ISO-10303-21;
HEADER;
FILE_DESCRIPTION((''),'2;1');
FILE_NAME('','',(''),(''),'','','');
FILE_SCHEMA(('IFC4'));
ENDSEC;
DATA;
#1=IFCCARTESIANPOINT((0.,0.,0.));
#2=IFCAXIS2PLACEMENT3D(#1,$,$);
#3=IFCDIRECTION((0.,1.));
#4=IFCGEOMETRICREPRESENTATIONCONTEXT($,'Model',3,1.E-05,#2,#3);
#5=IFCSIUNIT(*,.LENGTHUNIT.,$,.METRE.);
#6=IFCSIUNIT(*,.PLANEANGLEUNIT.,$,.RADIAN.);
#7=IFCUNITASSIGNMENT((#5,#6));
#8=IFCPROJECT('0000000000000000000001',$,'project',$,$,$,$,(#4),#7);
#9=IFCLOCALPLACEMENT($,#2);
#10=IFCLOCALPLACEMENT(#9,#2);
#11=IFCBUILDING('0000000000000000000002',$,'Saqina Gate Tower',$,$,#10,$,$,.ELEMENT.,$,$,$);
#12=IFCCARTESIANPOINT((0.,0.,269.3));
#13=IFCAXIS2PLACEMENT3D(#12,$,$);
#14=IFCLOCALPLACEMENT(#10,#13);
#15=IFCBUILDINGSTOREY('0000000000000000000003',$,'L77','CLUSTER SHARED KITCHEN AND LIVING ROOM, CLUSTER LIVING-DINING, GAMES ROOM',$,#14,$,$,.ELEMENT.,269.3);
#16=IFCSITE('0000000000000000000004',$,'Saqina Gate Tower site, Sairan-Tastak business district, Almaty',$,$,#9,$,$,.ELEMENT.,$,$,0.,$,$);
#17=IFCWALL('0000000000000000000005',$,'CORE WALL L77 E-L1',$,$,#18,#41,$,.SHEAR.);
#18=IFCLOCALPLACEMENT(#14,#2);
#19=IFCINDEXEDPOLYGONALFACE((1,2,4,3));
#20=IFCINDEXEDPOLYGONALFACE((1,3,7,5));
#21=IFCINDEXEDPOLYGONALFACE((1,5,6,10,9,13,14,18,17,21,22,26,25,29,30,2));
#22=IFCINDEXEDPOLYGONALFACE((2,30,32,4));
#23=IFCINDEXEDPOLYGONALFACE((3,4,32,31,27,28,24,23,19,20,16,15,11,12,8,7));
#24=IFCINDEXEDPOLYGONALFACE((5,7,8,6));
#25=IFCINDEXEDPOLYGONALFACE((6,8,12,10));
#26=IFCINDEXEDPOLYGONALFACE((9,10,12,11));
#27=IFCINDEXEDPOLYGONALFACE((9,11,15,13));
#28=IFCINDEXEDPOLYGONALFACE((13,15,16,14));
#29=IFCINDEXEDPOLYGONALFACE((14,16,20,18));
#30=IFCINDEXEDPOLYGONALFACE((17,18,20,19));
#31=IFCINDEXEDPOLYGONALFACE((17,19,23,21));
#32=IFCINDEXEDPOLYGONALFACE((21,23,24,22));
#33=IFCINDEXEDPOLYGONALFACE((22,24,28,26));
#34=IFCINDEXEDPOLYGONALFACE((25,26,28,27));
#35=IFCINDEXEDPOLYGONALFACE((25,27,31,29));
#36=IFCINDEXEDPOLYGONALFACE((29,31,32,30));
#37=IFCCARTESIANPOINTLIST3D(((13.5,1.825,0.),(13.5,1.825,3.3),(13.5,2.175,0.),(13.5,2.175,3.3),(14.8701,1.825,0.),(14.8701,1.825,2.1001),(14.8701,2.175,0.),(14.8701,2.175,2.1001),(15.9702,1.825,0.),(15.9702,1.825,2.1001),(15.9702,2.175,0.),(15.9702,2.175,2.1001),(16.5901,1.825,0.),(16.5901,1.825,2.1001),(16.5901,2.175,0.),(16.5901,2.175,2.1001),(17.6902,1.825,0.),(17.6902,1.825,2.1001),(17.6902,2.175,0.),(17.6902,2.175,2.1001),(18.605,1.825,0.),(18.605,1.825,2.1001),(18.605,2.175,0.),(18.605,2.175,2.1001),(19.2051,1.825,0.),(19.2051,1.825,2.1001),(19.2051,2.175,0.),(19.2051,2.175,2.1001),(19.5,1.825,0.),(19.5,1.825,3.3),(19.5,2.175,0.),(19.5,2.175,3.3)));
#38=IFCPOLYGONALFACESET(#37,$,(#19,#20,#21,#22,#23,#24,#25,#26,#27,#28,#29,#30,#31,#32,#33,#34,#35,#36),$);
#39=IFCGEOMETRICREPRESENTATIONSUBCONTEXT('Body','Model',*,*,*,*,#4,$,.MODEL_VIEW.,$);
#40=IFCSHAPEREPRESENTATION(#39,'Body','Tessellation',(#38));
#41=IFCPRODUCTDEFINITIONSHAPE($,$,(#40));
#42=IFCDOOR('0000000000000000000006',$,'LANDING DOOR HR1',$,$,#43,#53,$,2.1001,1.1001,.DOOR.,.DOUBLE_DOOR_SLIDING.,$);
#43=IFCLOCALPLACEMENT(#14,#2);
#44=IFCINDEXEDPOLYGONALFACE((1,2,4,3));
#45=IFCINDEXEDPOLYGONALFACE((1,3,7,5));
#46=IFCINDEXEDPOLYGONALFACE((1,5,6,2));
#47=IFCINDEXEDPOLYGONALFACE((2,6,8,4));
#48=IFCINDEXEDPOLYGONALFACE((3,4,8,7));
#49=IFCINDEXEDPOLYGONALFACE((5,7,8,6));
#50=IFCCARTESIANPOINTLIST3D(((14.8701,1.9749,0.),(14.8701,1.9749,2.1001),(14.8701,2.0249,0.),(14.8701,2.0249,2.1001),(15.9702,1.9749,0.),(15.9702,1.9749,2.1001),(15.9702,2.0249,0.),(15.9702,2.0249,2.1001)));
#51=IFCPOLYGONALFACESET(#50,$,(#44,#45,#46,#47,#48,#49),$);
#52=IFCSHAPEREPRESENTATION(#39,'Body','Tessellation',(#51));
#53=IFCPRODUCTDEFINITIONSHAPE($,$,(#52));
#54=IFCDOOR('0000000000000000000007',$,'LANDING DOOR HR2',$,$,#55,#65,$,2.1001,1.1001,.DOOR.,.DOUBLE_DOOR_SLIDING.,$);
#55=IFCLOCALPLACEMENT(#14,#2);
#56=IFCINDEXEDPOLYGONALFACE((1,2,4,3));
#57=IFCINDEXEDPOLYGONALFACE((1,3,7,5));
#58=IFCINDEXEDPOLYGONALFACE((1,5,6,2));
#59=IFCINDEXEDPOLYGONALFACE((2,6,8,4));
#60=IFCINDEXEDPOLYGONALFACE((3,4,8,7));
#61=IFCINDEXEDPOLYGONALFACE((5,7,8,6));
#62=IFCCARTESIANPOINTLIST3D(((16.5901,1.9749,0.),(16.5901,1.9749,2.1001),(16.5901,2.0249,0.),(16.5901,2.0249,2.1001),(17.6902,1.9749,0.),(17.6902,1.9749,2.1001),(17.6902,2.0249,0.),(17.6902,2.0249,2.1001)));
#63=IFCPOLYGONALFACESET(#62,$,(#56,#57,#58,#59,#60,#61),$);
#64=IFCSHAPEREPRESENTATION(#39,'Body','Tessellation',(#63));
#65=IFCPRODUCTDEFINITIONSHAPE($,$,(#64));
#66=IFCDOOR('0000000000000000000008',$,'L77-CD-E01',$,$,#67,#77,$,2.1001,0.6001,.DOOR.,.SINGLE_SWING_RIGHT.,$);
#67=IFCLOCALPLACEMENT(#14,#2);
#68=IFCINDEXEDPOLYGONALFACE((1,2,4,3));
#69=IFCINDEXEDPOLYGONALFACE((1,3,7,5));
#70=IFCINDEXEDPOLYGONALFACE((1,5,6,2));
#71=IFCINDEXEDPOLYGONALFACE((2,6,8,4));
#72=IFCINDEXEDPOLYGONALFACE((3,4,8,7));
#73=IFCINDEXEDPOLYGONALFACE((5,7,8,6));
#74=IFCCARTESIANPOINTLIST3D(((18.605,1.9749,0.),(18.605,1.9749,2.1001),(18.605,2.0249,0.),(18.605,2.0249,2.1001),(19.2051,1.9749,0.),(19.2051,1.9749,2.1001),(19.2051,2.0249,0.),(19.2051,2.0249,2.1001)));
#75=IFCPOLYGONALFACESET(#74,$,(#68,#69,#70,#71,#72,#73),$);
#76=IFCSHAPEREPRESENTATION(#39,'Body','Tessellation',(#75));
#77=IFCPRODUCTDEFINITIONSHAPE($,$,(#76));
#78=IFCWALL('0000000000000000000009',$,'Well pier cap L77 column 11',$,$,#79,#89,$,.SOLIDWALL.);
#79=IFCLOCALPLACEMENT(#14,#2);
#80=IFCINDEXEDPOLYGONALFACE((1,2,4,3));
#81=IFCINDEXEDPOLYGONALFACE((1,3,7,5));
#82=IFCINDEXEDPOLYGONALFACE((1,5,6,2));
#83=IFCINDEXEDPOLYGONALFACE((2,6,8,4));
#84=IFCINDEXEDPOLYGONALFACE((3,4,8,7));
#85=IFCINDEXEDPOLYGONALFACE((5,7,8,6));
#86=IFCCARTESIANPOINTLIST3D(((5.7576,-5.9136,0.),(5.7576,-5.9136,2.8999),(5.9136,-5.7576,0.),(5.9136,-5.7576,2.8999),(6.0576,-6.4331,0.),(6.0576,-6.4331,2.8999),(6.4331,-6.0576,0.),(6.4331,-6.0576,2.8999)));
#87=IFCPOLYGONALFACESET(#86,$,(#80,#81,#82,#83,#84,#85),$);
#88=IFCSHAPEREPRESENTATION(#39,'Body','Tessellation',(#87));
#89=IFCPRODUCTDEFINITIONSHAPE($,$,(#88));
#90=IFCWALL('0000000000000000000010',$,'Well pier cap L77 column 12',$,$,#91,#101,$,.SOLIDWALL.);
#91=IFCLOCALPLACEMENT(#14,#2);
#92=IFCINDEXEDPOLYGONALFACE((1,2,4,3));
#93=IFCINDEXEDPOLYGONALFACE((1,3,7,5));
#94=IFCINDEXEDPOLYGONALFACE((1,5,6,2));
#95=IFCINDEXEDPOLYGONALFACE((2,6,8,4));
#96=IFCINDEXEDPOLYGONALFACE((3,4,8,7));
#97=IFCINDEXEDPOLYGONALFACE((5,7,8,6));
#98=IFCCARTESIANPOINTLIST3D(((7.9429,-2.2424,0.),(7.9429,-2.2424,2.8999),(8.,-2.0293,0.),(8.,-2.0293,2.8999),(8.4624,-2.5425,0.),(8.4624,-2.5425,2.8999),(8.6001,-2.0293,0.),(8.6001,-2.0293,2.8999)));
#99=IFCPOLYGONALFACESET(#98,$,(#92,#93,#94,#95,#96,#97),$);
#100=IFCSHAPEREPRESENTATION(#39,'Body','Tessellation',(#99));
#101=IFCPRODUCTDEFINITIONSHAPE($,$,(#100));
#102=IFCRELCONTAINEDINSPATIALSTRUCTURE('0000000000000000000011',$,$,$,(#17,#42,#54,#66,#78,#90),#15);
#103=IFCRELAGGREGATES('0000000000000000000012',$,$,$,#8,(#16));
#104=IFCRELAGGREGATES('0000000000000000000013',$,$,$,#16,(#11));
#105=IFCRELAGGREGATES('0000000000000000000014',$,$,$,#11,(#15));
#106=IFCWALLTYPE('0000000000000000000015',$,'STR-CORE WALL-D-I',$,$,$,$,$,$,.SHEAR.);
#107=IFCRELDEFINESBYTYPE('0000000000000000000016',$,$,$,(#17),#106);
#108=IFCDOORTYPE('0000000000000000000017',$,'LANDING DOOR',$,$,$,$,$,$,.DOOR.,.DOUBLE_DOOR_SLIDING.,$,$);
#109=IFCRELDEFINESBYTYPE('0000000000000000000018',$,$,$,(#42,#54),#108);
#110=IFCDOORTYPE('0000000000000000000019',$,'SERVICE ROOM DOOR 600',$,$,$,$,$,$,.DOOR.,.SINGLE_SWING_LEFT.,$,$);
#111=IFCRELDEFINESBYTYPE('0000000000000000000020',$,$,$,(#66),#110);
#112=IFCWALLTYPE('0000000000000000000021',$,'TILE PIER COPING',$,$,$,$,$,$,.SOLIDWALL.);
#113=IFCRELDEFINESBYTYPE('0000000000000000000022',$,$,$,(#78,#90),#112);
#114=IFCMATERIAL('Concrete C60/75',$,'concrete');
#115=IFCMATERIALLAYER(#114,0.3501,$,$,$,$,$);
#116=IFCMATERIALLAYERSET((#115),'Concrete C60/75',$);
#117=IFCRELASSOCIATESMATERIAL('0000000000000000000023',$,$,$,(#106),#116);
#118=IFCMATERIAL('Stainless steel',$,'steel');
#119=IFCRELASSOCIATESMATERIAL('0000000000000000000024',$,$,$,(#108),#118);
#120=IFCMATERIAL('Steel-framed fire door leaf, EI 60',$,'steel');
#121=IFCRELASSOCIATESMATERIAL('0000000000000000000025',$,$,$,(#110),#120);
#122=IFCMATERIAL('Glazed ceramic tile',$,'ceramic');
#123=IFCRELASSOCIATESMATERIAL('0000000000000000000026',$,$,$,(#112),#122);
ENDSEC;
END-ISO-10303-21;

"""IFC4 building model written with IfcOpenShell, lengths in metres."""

from ifc_helpers import new_model, si_unit, direction, frame, frame_2d, origin, place, context, subcontext, project, spatial, polyline, rectangle, outline, extrude, material, layer, layer_set, type_object, element, fill, save


model = new_model("IFC4")

# Units and contexts
model_context = context("Model", 3, precision=1e-05, world=origin(), true_north=direction((0.0, 1.0)))
body_context = subcontext(model_context, "Body", "Model", "MODEL_VIEW")
ifc_project = project(units=[si_unit("LENGTHUNIT", "METRE"), si_unit("PLANEANGLEUNIT", "RADIAN")], contexts=[model_context])

# Site, building, storey
site_placement = place(None, origin())
site = spatial("IfcSite", under=ifc_project, at=site_placement, Name="Saqina Gate Tower site, Sairan-Tastak business district, Almaty", CompositionType="ELEMENT", RefElevation=0.0)
building_placement = place(site_placement, origin())
building = spatial("IfcBuilding", under=site, at=building_placement, Name="Saqina Gate Tower", CompositionType="ELEMENT")
storey_placement = place(building_placement, frame((0.0, 0.0, 269.3)))
storey = spatial("IfcBuildingStorey", under=building, at=storey_placement, Name="L77", Description="CLUSTER SHARED KITCHEN AND LIVING ROOM, CLUSTER LIVING-DINING, GAMES ROOM", CompositionType="ELEMENT", Elevation=269.3)

# Shared definitions
ifc_material_1 = material(Name="Concrete C60/75", Category="concrete")
ifc_layer_1 = layer(ifc_material_1, 0.3501)
ifc_layer_set_1 = layer_set([ifc_layer_1], Name="Concrete C60/75")
wall_type_1 = type_object("IfcWallType", Name="STR-CORE WALL-D-I", PredefinedType="SHEAR", material=ifc_layer_set_1)

# Wall, openings, doors
wall_1_placement = place(storey_placement, frame((13.5, 2.0, 0.0), z_axis=(0.0, 0.0, 1.0), x_axis=(1.0, 0.0, 0.0)))
wall_1 = element("IfcWall", 1, at=wall_1_placement, inside=storey, type_object=wall_type_1, Name="CORE WALL L77 E-L1", PredefinedType="SHEAR", context=body_context, shape_type="SweptSolid", body=[
    extrude(rectangle(XDim=6.0, YDim=0.3501, at=frame_2d((3.0, 0.0))), origin(), (0.0, 0.0, 1.0), 3.3),
])
opening_1_placement = place(wall_1_placement, frame((1.3701, 0.0, 0.0)))
opening_1 = element("IfcOpeningElement", 2, at=opening_1_placement, cuts=wall_1, PredefinedType="OPENING", context=body_context, shape_type="SweptSolid", body=[
    extrude(rectangle(XDim=1.1001, YDim=2.1001, at=frame_2d((0.55, 1.05))), frame((0.0, 0.187, 0.0), z_axis=(0.0, -1.0, 0.0), x_axis=(1.0, 0.0, 0.0)), (0.0, 0.0, 1.0), 0.374),
])
opening_2_placement = place(wall_1_placement, frame((3.0901, 0.0, 0.0)))
opening_2 = element("IfcOpeningElement", 3, at=opening_2_placement, cuts=wall_1, PredefinedType="OPENING", context=body_context, shape_type="SweptSolid", body=[
    extrude(rectangle(XDim=1.1001, YDim=2.1001, at=frame_2d((0.55, 1.05))), frame((0.0, 0.187, 0.0), z_axis=(0.0, -1.0, 0.0), x_axis=(1.0, 0.0, 0.0)), (0.0, 0.0, 1.0), 0.374),
])
opening_3_placement = place(wall_1_placement, frame((5.105, 0.0, 0.0)))
opening_3 = element("IfcOpeningElement", 4, at=opening_3_placement, cuts=wall_1, PredefinedType="OPENING", context=body_context, shape_type="SweptSolid", body=[
    extrude(rectangle(XDim=0.6001, YDim=2.1001, at=frame_2d((0.3, 1.05))), frame((0.0, 0.187, 0.0), z_axis=(0.0, -1.0, 0.0), x_axis=(1.0, 0.0, 0.0)), (0.0, 0.0, 1.0), 0.374),
])
ifc_material_2 = material(Name="Stainless steel", Category="steel")
door_type_1 = type_object("IfcDoorType", Name="LANDING DOOR", OperationType="DOUBLE_DOOR_SLIDING", PredefinedType="DOOR", material=ifc_material_2)
door_1_placement = place(opening_1_placement, origin())
door_1 = element("IfcDoor", 5, at=door_1_placement, inside=storey, type_object=door_type_1, Name="LANDING DOOR HR1", OperationType="DOUBLE_DOOR_SLIDING", OverallHeight=2.1001, OverallWidth=1.1001, PredefinedType="DOOR", context=body_context, shape_type="SweptSolid", body=[
    extrude(rectangle(XDim=1.1001, YDim=2.1001, at=frame_2d((0.55, 1.05))), frame((0.0, 0.0249, 0.0), z_axis=(0.0, -1.0, 0.0), x_axis=(1.0, 0.0, 0.0)), (0.0, 0.0, 1.0), 0.05),
])
fill(opening_1, door_1)
door_2_placement = place(opening_2_placement, origin())
door_2 = element("IfcDoor", 6, at=door_2_placement, inside=storey, type_object=door_type_1, Name="LANDING DOOR HR2", OperationType="DOUBLE_DOOR_SLIDING", OverallHeight=2.1001, OverallWidth=1.1001, PredefinedType="DOOR", context=body_context, shape_type="SweptSolid", body=[
    extrude(rectangle(XDim=1.1001, YDim=2.1001, at=frame_2d((0.55, 1.05))), frame((0.0, 0.0249, 0.0), z_axis=(0.0, -1.0, 0.0), x_axis=(1.0, 0.0, 0.0)), (0.0, 0.0, 1.0), 0.05),
])
fill(opening_2, door_2)
ifc_material_3 = material(Name="Steel-framed fire door leaf, EI 60", Category="steel")
door_type_2 = type_object("IfcDoorType", Name="SERVICE ROOM DOOR 600", OperationType="SINGLE_SWING_LEFT", PredefinedType="DOOR", material=ifc_material_3)
door_3_placement = place(opening_3_placement, origin())
door_3 = element("IfcDoor", 7, at=door_3_placement, inside=storey, type_object=door_type_2, Name="L77-CD-E01", OperationType="SINGLE_SWING_RIGHT", OverallHeight=2.1001, OverallWidth=0.6001, PredefinedType="DOOR", context=body_context, shape_type="SweptSolid", body=[
    extrude(rectangle(XDim=0.6001, YDim=2.1001, at=frame_2d((0.3, 1.05))), frame((0.0, 0.0249, 0.0), z_axis=(0.0, -1.0, 0.0), x_axis=(1.0, 0.0, 0.0)), (0.0, 0.0, 1.0), 0.05),
])
fill(opening_3, door_3)

# Walls
ifc_material_4 = material(Name="Glazed ceramic tile", Category="ceramic")
wall_type_2 = type_object("IfcWallType", Name="TILE PIER COPING", PredefinedType="SOLIDWALL", material=ifc_material_4)
wall_2_placement = place(storey_placement, origin())
element("IfcWall", 8, at=wall_2_placement, inside=storey, type_object=wall_type_2, Name="Well pier cap L77 column 11", PredefinedType="SOLIDWALL", context=body_context, shape_type="SweptSolid", body=[
    extrude(outline(polyline([(6.4331, -6.0576), (5.9136, -5.7576), (5.7576, -5.9136), (6.0576, -6.4331), (6.4331, -6.0576)])), origin(), (0.0, 0.0, 1.0), 2.8999),
])
wall_3_placement = place(storey_placement, origin())
element("IfcWall", 9, at=wall_3_placement, inside=storey, type_object=wall_type_2, Name="Well pier cap L77 column 12", PredefinedType="SOLIDWALL", context=body_context, shape_type="SweptSolid", body=[
    extrude(outline(polyline([(8.6001, -2.0293), (8.0, -2.0293), (7.9429, -2.2424), (8.4624, -2.5425), (8.6001, -2.0293)])), origin(), (0.0, 0.0, 1.0), 2.8999),
])

save(model, "model.ifc")
